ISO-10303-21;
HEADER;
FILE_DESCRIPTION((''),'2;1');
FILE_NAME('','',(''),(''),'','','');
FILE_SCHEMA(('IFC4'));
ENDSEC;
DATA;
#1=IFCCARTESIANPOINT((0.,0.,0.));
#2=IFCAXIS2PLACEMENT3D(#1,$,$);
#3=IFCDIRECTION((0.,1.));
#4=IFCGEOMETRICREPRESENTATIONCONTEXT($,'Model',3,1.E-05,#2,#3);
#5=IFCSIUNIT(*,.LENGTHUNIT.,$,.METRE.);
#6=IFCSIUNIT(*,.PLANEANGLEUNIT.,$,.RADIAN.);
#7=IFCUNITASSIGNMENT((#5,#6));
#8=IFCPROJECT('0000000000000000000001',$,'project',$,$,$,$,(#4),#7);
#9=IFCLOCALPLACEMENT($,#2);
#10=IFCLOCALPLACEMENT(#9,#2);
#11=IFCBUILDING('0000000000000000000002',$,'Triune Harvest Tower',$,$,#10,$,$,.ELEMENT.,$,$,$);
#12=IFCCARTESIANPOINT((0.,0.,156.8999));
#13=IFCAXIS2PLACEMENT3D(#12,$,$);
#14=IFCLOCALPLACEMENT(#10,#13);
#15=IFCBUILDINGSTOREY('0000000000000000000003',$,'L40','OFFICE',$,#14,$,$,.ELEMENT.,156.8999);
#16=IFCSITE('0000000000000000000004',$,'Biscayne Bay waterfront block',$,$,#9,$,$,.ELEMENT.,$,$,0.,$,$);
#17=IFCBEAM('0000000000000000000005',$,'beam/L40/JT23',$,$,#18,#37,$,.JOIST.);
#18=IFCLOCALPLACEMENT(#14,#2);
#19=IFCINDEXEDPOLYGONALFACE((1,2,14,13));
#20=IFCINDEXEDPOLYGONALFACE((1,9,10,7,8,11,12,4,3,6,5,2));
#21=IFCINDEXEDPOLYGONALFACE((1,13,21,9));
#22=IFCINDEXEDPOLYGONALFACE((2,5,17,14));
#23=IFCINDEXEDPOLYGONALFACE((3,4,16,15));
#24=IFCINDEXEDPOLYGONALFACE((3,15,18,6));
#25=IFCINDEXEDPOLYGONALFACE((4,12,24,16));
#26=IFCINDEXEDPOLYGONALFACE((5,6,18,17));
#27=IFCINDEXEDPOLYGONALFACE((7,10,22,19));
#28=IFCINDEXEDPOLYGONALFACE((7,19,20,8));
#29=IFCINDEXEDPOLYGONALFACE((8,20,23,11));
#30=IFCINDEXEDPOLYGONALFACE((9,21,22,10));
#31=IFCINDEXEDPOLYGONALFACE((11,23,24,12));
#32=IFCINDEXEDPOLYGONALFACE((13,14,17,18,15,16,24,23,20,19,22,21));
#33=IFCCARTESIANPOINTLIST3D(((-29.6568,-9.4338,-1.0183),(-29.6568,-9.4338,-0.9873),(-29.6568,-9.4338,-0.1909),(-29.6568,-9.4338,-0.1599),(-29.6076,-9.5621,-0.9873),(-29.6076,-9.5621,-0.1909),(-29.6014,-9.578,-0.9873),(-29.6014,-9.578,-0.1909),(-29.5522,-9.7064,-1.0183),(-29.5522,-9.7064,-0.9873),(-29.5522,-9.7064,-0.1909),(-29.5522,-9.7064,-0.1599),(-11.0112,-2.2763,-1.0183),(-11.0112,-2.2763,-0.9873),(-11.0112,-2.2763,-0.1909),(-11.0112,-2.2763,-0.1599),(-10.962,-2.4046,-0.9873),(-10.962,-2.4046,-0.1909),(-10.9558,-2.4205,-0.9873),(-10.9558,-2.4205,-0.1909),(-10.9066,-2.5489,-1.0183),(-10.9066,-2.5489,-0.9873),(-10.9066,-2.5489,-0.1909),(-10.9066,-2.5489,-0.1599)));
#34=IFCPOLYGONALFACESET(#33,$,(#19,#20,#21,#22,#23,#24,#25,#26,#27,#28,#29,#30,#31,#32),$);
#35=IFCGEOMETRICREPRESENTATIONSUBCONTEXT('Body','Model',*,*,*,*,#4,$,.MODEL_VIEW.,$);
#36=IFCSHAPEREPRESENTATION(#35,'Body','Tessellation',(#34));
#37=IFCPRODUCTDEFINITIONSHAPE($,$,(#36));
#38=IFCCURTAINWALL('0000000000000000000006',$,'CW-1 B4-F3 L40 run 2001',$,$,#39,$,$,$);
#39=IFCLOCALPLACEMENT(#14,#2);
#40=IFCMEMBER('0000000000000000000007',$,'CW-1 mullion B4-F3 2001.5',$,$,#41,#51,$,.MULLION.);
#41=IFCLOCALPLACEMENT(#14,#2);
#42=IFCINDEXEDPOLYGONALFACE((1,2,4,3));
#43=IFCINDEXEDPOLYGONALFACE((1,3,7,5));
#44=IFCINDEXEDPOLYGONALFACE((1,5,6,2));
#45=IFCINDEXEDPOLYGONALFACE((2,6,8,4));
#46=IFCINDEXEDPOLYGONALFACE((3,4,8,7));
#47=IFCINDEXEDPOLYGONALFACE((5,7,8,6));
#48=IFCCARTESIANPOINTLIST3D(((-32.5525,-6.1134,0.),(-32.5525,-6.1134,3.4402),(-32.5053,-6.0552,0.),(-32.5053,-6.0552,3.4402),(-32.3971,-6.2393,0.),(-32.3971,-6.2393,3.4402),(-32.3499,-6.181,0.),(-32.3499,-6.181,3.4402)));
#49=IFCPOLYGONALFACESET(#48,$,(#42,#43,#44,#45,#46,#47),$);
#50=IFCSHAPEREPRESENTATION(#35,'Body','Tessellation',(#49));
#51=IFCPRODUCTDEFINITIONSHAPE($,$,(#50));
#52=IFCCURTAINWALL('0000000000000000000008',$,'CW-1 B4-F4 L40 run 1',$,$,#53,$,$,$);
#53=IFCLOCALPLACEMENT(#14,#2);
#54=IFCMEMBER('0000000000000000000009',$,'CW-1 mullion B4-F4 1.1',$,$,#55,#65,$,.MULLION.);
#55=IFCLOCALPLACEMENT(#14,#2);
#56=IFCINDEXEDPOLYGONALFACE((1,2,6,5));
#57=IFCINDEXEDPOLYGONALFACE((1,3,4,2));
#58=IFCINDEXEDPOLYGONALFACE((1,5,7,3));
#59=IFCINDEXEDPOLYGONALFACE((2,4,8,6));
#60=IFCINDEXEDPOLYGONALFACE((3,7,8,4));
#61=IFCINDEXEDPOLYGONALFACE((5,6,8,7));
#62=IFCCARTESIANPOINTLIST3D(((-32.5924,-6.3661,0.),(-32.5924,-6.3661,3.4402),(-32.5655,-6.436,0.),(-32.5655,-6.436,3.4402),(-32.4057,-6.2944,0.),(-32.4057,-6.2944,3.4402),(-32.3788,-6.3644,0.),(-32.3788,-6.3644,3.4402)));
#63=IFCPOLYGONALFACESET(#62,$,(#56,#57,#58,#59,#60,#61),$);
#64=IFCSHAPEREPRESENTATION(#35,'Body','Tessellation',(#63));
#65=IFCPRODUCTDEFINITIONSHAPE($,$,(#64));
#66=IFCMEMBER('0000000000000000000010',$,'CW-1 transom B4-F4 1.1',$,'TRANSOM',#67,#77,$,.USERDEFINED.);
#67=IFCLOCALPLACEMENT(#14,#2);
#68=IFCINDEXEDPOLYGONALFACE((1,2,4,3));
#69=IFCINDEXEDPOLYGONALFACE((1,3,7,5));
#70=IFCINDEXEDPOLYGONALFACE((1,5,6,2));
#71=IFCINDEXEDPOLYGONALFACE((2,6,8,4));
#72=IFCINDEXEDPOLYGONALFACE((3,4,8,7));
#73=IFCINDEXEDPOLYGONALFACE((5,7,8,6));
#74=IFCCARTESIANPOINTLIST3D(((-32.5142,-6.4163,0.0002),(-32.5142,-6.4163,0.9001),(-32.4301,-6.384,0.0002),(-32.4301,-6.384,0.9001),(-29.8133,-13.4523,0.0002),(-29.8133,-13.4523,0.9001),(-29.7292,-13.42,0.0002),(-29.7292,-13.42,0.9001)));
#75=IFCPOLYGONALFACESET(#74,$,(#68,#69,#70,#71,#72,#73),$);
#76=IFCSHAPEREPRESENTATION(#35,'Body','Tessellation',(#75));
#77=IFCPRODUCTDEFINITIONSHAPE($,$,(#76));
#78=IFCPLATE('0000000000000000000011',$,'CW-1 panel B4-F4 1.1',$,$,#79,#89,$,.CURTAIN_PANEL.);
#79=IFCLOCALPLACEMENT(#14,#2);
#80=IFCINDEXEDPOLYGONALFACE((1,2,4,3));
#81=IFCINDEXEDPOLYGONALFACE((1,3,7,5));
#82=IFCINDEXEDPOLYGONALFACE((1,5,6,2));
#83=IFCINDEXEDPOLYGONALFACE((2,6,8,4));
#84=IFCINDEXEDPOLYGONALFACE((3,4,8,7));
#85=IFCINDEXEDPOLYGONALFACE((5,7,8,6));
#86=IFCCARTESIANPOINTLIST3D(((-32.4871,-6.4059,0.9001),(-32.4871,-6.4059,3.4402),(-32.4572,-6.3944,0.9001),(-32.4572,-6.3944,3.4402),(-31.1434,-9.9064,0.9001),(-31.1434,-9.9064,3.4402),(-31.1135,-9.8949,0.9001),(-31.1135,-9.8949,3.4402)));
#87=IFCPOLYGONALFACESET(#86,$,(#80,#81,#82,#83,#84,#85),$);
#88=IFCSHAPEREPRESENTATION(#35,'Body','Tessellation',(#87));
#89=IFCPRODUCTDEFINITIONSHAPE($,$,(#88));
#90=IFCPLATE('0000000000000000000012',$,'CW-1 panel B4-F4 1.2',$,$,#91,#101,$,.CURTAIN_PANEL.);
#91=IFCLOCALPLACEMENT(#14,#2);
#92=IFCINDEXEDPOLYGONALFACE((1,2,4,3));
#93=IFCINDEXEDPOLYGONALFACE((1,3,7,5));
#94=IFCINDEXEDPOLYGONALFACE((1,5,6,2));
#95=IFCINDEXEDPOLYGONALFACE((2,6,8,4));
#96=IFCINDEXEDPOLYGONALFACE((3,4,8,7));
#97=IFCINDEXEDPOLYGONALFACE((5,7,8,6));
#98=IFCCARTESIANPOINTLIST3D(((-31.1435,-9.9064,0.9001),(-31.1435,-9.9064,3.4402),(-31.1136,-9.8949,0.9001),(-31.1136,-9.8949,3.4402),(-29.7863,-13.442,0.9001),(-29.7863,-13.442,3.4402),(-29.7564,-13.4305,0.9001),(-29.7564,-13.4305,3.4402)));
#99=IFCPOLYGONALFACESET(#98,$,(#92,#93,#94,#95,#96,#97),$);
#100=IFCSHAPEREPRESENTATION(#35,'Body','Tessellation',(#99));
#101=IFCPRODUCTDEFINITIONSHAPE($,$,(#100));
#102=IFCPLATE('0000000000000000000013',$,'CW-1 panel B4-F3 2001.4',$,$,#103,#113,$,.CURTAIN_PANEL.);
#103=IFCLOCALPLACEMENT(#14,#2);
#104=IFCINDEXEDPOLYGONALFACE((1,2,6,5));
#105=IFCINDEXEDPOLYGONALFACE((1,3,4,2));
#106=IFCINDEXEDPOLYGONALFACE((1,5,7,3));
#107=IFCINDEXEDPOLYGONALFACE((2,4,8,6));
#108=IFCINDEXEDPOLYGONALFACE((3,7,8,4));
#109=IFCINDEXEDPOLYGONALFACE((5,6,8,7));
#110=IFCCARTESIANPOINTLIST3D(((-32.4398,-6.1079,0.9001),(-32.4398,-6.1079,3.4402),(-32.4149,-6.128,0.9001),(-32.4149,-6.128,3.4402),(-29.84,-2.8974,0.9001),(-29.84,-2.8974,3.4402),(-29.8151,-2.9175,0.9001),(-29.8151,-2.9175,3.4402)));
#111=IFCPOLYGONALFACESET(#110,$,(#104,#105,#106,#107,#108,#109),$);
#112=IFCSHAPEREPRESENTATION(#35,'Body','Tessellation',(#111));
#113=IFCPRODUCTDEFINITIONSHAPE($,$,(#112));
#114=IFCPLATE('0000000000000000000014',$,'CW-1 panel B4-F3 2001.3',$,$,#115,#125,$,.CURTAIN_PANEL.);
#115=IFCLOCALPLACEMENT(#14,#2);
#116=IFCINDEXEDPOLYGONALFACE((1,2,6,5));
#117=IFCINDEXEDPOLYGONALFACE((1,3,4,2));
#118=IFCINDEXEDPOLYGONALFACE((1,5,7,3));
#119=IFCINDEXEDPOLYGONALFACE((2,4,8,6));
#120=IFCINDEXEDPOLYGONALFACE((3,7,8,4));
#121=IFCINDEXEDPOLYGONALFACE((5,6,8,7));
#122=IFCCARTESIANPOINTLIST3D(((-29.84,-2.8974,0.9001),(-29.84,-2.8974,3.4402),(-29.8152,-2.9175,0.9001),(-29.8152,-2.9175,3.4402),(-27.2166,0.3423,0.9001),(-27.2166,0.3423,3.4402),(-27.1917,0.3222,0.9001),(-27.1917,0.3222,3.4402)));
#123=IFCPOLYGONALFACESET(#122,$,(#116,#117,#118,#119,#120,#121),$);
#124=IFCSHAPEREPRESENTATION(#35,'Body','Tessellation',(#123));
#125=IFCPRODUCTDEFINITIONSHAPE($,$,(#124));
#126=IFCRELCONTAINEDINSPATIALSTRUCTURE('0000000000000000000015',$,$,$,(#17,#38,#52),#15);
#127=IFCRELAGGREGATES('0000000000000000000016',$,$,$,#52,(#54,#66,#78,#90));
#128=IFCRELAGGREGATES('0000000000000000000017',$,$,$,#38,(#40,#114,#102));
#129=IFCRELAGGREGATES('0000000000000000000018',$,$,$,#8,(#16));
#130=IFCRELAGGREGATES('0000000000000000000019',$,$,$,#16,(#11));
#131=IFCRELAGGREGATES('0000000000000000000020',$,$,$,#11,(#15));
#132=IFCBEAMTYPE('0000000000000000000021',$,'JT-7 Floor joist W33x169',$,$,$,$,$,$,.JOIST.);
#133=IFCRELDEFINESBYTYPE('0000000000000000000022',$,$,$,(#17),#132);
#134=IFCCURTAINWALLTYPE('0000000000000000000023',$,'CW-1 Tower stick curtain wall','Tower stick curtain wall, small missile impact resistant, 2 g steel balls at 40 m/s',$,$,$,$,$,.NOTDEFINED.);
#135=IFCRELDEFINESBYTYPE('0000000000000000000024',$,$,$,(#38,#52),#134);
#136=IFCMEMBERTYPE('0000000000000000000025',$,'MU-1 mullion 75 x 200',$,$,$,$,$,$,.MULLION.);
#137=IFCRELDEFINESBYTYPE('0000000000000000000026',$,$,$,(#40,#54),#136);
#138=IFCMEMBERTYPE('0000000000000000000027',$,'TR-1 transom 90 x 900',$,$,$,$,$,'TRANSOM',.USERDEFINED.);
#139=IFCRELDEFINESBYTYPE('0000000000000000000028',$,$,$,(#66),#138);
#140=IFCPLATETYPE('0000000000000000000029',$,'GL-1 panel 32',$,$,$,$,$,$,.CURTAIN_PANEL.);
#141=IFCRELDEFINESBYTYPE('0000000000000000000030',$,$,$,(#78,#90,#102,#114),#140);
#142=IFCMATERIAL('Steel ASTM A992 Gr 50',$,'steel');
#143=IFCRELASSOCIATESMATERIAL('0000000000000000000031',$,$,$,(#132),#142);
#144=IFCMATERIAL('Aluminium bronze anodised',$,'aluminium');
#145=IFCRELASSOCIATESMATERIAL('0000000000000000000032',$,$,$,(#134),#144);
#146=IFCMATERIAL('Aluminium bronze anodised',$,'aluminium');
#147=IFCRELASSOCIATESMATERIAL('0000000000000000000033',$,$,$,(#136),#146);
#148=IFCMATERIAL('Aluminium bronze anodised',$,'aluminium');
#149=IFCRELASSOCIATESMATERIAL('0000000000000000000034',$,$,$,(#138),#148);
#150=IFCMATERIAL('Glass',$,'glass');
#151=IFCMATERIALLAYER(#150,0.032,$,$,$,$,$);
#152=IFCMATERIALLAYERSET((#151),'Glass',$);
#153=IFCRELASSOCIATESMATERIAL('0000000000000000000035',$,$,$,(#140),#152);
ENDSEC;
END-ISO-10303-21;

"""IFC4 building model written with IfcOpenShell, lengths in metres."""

from ifc_helpers import new_model, si_unit, direction, frame, origin, origin_2d, place, context, subcontext, project, spatial, rectangle, i_section, extrude, source, transform, mapped, material, layer, layer_set, material_profile, profile_set, type_object, element, aggregate, save


model = new_model("IFC4")

# Units and contexts
model_context = context("Model", 3, precision=1e-05, world=origin(), true_north=direction((0.0, 1.0)))
body_context = subcontext(model_context, "Body", "Model", "MODEL_VIEW")
ifc_project = project(units=[si_unit("LENGTHUNIT", "METRE"), si_unit("PLANEANGLEUNIT", "RADIAN")], contexts=[model_context])

# Site, building, storey
site_placement = place(None, origin())
site = spatial("IfcSite", under=ifc_project, at=site_placement, Name="Biscayne Bay waterfront block", CompositionType="ELEMENT", RefElevation=0.0)
building_placement = place(site_placement, origin())
building = spatial("IfcBuilding", under=site, at=building_placement, Name="Triune Harvest Tower", CompositionType="ELEMENT")
storey_placement = place(building_placement, frame((0.0, 0.0, 156.8999)))
storey = spatial("IfcBuildingStorey", under=building, at=storey_placement, Name="L40", Description="OFFICE", CompositionType="ELEMENT", Elevation=156.8999)

# Beam
ifc_material_1 = material(Name="Steel ASTM A992 Gr 50", Category="steel")
ifc_material_profile_1 = material_profile(ifc_material_1, i_section(OverallWidth=0.292, OverallDepth=0.8584, WebThickness=0.0171, FlangeThickness=0.031, at=origin_2d()), Name="W33x169")
ifc_profile_set_1 = profile_set([ifc_material_profile_1], Name="Steel ASTM A992 Gr 50")
beam_type_1 = type_object("IfcBeamType", Name="JT-7 Floor joist W33x169", PredefinedType="JOIST", material=ifc_profile_set_1)
shared_shape_1 = source(origin(), body_context, "Body", "SweptSolid", [
    extrude(i_section(OverallWidth=0.292, OverallDepth=0.8584, WebThickness=0.0171, FlangeThickness=0.031, at=origin_2d()), origin(), (0.0, 0.0, 1.0), 19.9722),
])
beam_1_placement = place(storey_placement, frame((-29.6045, -9.5701, -0.5891), z_axis=(0.933578, 0.358374, 0.0), x_axis=(-0.358374, 0.933578, 0.0)))
element("IfcBeam", 1, at=beam_1_placement, inside=storey, type_object=beam_type_1, Name="beam/L40/JT23", PredefinedType="JOIST", context=body_context, shape_type="MappedRepresentation", body=[
    mapped(shared_shape_1, transform((0.0, 0.0, 0.0), scale=1.0)),
])

# Curtain wall, member
ifc_material_2 = material(Name="Aluminium bronze anodised", Category="aluminium")
curtain_wall_type = type_object("IfcCurtainWallType", Name="CW-1 Tower stick curtain wall", Description="Tower stick curtain wall, small missile impact resistant, 2 g steel balls at 40 m/s", PredefinedType="NOTDEFINED", material=ifc_material_2)
curtain_wall_1_placement = place(storey_placement, origin())
curtain_wall_1 = element("IfcCurtainWall", 2, at=curtain_wall_1_placement, inside=storey, type_object=curtain_wall_type, Name="CW-1 B4-F3 L40 run 2001")
ifc_material_3 = material(Name="Aluminium bronze anodised", Category="aluminium")
ifc_material_profile_2 = material_profile(ifc_material_3, rectangle(XDim=0.2, YDim=0.075, at=origin_2d()), Name="MU-1 mullion 75 x 200")
ifc_profile_set_2 = profile_set([ifc_material_profile_2], Name="Aluminium bronze anodised")
member_type_1 = type_object("IfcMemberType", Name="MU-1 mullion 75 x 200", PredefinedType="MULLION", material=ifc_profile_set_2)
shared_shape_2 = source(origin(), body_context, "Body", "SweptSolid", [
    extrude(rectangle(XDim=0.2, YDim=0.075, at=origin_2d()), origin(), (0.0, 0.0, 1.0), 3.4402),
])
member_1_placement = place(storey_placement, frame((-32.4512, -6.1472, 0.0), z_axis=(0.0, 0.0, 1.0), x_axis=(0.777143, -0.629324, 0.0)))
member_1 = element("IfcMember", 3, at=member_1_placement, type_object=member_type_1, Name="CW-1 mullion B4-F3 2001.5", PredefinedType="MULLION", context=body_context, shape_type="MappedRepresentation", body=[
    mapped(shared_shape_2, transform((0.0, 0.0, 0.0), scale=1.0)),
])

# Curtain wall, members, plates
curtain_wall_2_placement = place(storey_placement, origin())
curtain_wall_2 = element("IfcCurtainWall", 4, at=curtain_wall_2_placement, inside=storey, type_object=curtain_wall_type, Name="CW-1 B4-F4 L40 run 1")
member_2_placement = place(storey_placement, frame((-32.4856, -6.3652, 0.0), z_axis=(0.0, 0.0, 1.0), x_axis=(0.93358, 0.358369, 0.0)))
member_2 = element("IfcMember", 5, at=member_2_placement, type_object=member_type_1, Name="CW-1 mullion B4-F4 1.1", PredefinedType="MULLION", context=body_context, shape_type="MappedRepresentation", body=[
    mapped(shared_shape_2, transform((0.0, 0.0, 0.0), scale=1.0)),
])
ifc_material_4 = material(Name="Aluminium bronze anodised", Category="aluminium")
ifc_material_profile_3 = material_profile(ifc_material_4, rectangle(XDim=0.0901, YDim=0.8999, at=origin_2d()), Name="TR-1 transom 90 x 900")
ifc_profile_set_3 = profile_set([ifc_material_profile_3], Name="Aluminium bronze anodised")
member_type_2 = type_object("IfcMemberType", Name="TR-1 transom 90 x 900", ElementType="TRANSOM", PredefinedType="USERDEFINED", material=ifc_profile_set_3)
shared_shape_3 = source(origin(), body_context, "Body", "SweptSolid", [
    extrude(rectangle(XDim=0.0901, YDim=0.8999, at=origin_2d()), origin(), (0.0, 0.0, 1.0), 7.5366),
])
member_3_placement = place(storey_placement, frame((-32.4722, -6.4001, 0.4502), z_axis=(0.358369, -0.93358, 0.0), x_axis=(0.93358, 0.358369, 0.0)))
member_3 = element("IfcMember", 6, at=member_3_placement, type_object=member_type_2, Name="CW-1 transom B4-F4 1.1", ObjectType="TRANSOM", PredefinedType="USERDEFINED", context=body_context, shape_type="MappedRepresentation", body=[
    mapped(shared_shape_3, transform((0.0, 0.0, 0.0), scale=1.0)),
])
ifc_material_5 = material(Name="Glass", Category="glass")
ifc_layer_1 = layer(ifc_material_5, 0.032)
ifc_layer_set_1 = layer_set([ifc_layer_1], Name="Glass")
plate_type = type_object("IfcPlateType", Name="GL-1 panel 32", PredefinedType="CURTAIN_PANEL", material=ifc_layer_set_1)
shared_shape_4 = source(origin(), body_context, "Body", "SweptSolid", [
    extrude(rectangle(XDim=3.7495, YDim=0.032, at=origin_2d()), origin(), (0.0, 0.0, 1.0), 2.54),
])
plate_1_placement = place(storey_placement, frame((-31.8003, -8.1504, 0.9001), z_axis=(0.0, 0.0, 1.0), x_axis=(0.358369, -0.93358, 0.0)))
plate_1 = element("IfcPlate", 7, at=plate_1_placement, type_object=plate_type, Name="CW-1 panel B4-F4 1.1", PredefinedType="CURTAIN_PANEL", context=body_context, shape_type="MappedRepresentation", body=[
    mapped(shared_shape_4, transform((0.0, 0.0, 0.0), scale=1.0)),
])
shared_shape_5 = source(origin(), body_context, "Body", "SweptSolid", [
    extrude(rectangle(XDim=3.7871, YDim=0.032, at=origin_2d()), origin(), (0.0, 0.0, 1.0), 2.54),
])
plate_2_placement = place(storey_placement, frame((-30.45, -11.6685, 0.9001), z_axis=(0.0, 0.0, 1.0), x_axis=(0.358369, -0.93358, 0.0)))
plate_2 = element("IfcPlate", 8, at=plate_2_placement, type_object=plate_type, Name="CW-1 panel B4-F4 1.2", PredefinedType="CURTAIN_PANEL", context=body_context, shape_type="MappedRepresentation", body=[
    mapped(shared_shape_5, transform((0.0, 0.0, 0.0), scale=1.0)),
])
aggregate(curtain_wall_2, [member_2, member_3, plate_1, plate_2])

# Plates
shared_shape_6 = source(origin(), body_context, "Body", "SweptSolid", [
    extrude(rectangle(XDim=4.1311, YDim=0.032, at=origin_2d()), origin(), (0.0, 0.0, 1.0), 2.54),
])
plate_3_placement = place(storey_placement, frame((-31.1274, -4.5127, 0.9001), z_axis=(0.0, 0.0, 1.0), x_axis=(-0.629324, -0.777143, 0.0)))
plate_3 = element("IfcPlate", 9, at=plate_3_placement, type_object=plate_type, Name="CW-1 panel B4-F3 2001.4", PredefinedType="CURTAIN_PANEL", context=body_context, shape_type="MappedRepresentation", body=[
    mapped(shared_shape_6, transform((0.0, 0.0, 0.0), scale=1.0)),
])
shared_shape_7 = source(origin(), body_context, "Body", "SweptSolid", [
    extrude(rectangle(XDim=4.1687, YDim=0.032, at=origin_2d()), origin(), (0.0, 0.0, 1.0), 2.54),
])
plate_4_placement = place(storey_placement, frame((-28.5159, -1.2876, 0.9001), z_axis=(0.0, 0.0, 1.0), x_axis=(-0.629324, -0.777143, 0.0)))
plate_4 = element("IfcPlate", 10, at=plate_4_placement, type_object=plate_type, Name="CW-1 panel B4-F3 2001.3", PredefinedType="CURTAIN_PANEL", context=body_context, shape_type="MappedRepresentation", body=[
    mapped(shared_shape_7, transform((0.0, 0.0, 0.0), scale=1.0)),
])
aggregate(curtain_wall_1, [member_1, plate_4, plate_3])

save(model, "model.ifc")
